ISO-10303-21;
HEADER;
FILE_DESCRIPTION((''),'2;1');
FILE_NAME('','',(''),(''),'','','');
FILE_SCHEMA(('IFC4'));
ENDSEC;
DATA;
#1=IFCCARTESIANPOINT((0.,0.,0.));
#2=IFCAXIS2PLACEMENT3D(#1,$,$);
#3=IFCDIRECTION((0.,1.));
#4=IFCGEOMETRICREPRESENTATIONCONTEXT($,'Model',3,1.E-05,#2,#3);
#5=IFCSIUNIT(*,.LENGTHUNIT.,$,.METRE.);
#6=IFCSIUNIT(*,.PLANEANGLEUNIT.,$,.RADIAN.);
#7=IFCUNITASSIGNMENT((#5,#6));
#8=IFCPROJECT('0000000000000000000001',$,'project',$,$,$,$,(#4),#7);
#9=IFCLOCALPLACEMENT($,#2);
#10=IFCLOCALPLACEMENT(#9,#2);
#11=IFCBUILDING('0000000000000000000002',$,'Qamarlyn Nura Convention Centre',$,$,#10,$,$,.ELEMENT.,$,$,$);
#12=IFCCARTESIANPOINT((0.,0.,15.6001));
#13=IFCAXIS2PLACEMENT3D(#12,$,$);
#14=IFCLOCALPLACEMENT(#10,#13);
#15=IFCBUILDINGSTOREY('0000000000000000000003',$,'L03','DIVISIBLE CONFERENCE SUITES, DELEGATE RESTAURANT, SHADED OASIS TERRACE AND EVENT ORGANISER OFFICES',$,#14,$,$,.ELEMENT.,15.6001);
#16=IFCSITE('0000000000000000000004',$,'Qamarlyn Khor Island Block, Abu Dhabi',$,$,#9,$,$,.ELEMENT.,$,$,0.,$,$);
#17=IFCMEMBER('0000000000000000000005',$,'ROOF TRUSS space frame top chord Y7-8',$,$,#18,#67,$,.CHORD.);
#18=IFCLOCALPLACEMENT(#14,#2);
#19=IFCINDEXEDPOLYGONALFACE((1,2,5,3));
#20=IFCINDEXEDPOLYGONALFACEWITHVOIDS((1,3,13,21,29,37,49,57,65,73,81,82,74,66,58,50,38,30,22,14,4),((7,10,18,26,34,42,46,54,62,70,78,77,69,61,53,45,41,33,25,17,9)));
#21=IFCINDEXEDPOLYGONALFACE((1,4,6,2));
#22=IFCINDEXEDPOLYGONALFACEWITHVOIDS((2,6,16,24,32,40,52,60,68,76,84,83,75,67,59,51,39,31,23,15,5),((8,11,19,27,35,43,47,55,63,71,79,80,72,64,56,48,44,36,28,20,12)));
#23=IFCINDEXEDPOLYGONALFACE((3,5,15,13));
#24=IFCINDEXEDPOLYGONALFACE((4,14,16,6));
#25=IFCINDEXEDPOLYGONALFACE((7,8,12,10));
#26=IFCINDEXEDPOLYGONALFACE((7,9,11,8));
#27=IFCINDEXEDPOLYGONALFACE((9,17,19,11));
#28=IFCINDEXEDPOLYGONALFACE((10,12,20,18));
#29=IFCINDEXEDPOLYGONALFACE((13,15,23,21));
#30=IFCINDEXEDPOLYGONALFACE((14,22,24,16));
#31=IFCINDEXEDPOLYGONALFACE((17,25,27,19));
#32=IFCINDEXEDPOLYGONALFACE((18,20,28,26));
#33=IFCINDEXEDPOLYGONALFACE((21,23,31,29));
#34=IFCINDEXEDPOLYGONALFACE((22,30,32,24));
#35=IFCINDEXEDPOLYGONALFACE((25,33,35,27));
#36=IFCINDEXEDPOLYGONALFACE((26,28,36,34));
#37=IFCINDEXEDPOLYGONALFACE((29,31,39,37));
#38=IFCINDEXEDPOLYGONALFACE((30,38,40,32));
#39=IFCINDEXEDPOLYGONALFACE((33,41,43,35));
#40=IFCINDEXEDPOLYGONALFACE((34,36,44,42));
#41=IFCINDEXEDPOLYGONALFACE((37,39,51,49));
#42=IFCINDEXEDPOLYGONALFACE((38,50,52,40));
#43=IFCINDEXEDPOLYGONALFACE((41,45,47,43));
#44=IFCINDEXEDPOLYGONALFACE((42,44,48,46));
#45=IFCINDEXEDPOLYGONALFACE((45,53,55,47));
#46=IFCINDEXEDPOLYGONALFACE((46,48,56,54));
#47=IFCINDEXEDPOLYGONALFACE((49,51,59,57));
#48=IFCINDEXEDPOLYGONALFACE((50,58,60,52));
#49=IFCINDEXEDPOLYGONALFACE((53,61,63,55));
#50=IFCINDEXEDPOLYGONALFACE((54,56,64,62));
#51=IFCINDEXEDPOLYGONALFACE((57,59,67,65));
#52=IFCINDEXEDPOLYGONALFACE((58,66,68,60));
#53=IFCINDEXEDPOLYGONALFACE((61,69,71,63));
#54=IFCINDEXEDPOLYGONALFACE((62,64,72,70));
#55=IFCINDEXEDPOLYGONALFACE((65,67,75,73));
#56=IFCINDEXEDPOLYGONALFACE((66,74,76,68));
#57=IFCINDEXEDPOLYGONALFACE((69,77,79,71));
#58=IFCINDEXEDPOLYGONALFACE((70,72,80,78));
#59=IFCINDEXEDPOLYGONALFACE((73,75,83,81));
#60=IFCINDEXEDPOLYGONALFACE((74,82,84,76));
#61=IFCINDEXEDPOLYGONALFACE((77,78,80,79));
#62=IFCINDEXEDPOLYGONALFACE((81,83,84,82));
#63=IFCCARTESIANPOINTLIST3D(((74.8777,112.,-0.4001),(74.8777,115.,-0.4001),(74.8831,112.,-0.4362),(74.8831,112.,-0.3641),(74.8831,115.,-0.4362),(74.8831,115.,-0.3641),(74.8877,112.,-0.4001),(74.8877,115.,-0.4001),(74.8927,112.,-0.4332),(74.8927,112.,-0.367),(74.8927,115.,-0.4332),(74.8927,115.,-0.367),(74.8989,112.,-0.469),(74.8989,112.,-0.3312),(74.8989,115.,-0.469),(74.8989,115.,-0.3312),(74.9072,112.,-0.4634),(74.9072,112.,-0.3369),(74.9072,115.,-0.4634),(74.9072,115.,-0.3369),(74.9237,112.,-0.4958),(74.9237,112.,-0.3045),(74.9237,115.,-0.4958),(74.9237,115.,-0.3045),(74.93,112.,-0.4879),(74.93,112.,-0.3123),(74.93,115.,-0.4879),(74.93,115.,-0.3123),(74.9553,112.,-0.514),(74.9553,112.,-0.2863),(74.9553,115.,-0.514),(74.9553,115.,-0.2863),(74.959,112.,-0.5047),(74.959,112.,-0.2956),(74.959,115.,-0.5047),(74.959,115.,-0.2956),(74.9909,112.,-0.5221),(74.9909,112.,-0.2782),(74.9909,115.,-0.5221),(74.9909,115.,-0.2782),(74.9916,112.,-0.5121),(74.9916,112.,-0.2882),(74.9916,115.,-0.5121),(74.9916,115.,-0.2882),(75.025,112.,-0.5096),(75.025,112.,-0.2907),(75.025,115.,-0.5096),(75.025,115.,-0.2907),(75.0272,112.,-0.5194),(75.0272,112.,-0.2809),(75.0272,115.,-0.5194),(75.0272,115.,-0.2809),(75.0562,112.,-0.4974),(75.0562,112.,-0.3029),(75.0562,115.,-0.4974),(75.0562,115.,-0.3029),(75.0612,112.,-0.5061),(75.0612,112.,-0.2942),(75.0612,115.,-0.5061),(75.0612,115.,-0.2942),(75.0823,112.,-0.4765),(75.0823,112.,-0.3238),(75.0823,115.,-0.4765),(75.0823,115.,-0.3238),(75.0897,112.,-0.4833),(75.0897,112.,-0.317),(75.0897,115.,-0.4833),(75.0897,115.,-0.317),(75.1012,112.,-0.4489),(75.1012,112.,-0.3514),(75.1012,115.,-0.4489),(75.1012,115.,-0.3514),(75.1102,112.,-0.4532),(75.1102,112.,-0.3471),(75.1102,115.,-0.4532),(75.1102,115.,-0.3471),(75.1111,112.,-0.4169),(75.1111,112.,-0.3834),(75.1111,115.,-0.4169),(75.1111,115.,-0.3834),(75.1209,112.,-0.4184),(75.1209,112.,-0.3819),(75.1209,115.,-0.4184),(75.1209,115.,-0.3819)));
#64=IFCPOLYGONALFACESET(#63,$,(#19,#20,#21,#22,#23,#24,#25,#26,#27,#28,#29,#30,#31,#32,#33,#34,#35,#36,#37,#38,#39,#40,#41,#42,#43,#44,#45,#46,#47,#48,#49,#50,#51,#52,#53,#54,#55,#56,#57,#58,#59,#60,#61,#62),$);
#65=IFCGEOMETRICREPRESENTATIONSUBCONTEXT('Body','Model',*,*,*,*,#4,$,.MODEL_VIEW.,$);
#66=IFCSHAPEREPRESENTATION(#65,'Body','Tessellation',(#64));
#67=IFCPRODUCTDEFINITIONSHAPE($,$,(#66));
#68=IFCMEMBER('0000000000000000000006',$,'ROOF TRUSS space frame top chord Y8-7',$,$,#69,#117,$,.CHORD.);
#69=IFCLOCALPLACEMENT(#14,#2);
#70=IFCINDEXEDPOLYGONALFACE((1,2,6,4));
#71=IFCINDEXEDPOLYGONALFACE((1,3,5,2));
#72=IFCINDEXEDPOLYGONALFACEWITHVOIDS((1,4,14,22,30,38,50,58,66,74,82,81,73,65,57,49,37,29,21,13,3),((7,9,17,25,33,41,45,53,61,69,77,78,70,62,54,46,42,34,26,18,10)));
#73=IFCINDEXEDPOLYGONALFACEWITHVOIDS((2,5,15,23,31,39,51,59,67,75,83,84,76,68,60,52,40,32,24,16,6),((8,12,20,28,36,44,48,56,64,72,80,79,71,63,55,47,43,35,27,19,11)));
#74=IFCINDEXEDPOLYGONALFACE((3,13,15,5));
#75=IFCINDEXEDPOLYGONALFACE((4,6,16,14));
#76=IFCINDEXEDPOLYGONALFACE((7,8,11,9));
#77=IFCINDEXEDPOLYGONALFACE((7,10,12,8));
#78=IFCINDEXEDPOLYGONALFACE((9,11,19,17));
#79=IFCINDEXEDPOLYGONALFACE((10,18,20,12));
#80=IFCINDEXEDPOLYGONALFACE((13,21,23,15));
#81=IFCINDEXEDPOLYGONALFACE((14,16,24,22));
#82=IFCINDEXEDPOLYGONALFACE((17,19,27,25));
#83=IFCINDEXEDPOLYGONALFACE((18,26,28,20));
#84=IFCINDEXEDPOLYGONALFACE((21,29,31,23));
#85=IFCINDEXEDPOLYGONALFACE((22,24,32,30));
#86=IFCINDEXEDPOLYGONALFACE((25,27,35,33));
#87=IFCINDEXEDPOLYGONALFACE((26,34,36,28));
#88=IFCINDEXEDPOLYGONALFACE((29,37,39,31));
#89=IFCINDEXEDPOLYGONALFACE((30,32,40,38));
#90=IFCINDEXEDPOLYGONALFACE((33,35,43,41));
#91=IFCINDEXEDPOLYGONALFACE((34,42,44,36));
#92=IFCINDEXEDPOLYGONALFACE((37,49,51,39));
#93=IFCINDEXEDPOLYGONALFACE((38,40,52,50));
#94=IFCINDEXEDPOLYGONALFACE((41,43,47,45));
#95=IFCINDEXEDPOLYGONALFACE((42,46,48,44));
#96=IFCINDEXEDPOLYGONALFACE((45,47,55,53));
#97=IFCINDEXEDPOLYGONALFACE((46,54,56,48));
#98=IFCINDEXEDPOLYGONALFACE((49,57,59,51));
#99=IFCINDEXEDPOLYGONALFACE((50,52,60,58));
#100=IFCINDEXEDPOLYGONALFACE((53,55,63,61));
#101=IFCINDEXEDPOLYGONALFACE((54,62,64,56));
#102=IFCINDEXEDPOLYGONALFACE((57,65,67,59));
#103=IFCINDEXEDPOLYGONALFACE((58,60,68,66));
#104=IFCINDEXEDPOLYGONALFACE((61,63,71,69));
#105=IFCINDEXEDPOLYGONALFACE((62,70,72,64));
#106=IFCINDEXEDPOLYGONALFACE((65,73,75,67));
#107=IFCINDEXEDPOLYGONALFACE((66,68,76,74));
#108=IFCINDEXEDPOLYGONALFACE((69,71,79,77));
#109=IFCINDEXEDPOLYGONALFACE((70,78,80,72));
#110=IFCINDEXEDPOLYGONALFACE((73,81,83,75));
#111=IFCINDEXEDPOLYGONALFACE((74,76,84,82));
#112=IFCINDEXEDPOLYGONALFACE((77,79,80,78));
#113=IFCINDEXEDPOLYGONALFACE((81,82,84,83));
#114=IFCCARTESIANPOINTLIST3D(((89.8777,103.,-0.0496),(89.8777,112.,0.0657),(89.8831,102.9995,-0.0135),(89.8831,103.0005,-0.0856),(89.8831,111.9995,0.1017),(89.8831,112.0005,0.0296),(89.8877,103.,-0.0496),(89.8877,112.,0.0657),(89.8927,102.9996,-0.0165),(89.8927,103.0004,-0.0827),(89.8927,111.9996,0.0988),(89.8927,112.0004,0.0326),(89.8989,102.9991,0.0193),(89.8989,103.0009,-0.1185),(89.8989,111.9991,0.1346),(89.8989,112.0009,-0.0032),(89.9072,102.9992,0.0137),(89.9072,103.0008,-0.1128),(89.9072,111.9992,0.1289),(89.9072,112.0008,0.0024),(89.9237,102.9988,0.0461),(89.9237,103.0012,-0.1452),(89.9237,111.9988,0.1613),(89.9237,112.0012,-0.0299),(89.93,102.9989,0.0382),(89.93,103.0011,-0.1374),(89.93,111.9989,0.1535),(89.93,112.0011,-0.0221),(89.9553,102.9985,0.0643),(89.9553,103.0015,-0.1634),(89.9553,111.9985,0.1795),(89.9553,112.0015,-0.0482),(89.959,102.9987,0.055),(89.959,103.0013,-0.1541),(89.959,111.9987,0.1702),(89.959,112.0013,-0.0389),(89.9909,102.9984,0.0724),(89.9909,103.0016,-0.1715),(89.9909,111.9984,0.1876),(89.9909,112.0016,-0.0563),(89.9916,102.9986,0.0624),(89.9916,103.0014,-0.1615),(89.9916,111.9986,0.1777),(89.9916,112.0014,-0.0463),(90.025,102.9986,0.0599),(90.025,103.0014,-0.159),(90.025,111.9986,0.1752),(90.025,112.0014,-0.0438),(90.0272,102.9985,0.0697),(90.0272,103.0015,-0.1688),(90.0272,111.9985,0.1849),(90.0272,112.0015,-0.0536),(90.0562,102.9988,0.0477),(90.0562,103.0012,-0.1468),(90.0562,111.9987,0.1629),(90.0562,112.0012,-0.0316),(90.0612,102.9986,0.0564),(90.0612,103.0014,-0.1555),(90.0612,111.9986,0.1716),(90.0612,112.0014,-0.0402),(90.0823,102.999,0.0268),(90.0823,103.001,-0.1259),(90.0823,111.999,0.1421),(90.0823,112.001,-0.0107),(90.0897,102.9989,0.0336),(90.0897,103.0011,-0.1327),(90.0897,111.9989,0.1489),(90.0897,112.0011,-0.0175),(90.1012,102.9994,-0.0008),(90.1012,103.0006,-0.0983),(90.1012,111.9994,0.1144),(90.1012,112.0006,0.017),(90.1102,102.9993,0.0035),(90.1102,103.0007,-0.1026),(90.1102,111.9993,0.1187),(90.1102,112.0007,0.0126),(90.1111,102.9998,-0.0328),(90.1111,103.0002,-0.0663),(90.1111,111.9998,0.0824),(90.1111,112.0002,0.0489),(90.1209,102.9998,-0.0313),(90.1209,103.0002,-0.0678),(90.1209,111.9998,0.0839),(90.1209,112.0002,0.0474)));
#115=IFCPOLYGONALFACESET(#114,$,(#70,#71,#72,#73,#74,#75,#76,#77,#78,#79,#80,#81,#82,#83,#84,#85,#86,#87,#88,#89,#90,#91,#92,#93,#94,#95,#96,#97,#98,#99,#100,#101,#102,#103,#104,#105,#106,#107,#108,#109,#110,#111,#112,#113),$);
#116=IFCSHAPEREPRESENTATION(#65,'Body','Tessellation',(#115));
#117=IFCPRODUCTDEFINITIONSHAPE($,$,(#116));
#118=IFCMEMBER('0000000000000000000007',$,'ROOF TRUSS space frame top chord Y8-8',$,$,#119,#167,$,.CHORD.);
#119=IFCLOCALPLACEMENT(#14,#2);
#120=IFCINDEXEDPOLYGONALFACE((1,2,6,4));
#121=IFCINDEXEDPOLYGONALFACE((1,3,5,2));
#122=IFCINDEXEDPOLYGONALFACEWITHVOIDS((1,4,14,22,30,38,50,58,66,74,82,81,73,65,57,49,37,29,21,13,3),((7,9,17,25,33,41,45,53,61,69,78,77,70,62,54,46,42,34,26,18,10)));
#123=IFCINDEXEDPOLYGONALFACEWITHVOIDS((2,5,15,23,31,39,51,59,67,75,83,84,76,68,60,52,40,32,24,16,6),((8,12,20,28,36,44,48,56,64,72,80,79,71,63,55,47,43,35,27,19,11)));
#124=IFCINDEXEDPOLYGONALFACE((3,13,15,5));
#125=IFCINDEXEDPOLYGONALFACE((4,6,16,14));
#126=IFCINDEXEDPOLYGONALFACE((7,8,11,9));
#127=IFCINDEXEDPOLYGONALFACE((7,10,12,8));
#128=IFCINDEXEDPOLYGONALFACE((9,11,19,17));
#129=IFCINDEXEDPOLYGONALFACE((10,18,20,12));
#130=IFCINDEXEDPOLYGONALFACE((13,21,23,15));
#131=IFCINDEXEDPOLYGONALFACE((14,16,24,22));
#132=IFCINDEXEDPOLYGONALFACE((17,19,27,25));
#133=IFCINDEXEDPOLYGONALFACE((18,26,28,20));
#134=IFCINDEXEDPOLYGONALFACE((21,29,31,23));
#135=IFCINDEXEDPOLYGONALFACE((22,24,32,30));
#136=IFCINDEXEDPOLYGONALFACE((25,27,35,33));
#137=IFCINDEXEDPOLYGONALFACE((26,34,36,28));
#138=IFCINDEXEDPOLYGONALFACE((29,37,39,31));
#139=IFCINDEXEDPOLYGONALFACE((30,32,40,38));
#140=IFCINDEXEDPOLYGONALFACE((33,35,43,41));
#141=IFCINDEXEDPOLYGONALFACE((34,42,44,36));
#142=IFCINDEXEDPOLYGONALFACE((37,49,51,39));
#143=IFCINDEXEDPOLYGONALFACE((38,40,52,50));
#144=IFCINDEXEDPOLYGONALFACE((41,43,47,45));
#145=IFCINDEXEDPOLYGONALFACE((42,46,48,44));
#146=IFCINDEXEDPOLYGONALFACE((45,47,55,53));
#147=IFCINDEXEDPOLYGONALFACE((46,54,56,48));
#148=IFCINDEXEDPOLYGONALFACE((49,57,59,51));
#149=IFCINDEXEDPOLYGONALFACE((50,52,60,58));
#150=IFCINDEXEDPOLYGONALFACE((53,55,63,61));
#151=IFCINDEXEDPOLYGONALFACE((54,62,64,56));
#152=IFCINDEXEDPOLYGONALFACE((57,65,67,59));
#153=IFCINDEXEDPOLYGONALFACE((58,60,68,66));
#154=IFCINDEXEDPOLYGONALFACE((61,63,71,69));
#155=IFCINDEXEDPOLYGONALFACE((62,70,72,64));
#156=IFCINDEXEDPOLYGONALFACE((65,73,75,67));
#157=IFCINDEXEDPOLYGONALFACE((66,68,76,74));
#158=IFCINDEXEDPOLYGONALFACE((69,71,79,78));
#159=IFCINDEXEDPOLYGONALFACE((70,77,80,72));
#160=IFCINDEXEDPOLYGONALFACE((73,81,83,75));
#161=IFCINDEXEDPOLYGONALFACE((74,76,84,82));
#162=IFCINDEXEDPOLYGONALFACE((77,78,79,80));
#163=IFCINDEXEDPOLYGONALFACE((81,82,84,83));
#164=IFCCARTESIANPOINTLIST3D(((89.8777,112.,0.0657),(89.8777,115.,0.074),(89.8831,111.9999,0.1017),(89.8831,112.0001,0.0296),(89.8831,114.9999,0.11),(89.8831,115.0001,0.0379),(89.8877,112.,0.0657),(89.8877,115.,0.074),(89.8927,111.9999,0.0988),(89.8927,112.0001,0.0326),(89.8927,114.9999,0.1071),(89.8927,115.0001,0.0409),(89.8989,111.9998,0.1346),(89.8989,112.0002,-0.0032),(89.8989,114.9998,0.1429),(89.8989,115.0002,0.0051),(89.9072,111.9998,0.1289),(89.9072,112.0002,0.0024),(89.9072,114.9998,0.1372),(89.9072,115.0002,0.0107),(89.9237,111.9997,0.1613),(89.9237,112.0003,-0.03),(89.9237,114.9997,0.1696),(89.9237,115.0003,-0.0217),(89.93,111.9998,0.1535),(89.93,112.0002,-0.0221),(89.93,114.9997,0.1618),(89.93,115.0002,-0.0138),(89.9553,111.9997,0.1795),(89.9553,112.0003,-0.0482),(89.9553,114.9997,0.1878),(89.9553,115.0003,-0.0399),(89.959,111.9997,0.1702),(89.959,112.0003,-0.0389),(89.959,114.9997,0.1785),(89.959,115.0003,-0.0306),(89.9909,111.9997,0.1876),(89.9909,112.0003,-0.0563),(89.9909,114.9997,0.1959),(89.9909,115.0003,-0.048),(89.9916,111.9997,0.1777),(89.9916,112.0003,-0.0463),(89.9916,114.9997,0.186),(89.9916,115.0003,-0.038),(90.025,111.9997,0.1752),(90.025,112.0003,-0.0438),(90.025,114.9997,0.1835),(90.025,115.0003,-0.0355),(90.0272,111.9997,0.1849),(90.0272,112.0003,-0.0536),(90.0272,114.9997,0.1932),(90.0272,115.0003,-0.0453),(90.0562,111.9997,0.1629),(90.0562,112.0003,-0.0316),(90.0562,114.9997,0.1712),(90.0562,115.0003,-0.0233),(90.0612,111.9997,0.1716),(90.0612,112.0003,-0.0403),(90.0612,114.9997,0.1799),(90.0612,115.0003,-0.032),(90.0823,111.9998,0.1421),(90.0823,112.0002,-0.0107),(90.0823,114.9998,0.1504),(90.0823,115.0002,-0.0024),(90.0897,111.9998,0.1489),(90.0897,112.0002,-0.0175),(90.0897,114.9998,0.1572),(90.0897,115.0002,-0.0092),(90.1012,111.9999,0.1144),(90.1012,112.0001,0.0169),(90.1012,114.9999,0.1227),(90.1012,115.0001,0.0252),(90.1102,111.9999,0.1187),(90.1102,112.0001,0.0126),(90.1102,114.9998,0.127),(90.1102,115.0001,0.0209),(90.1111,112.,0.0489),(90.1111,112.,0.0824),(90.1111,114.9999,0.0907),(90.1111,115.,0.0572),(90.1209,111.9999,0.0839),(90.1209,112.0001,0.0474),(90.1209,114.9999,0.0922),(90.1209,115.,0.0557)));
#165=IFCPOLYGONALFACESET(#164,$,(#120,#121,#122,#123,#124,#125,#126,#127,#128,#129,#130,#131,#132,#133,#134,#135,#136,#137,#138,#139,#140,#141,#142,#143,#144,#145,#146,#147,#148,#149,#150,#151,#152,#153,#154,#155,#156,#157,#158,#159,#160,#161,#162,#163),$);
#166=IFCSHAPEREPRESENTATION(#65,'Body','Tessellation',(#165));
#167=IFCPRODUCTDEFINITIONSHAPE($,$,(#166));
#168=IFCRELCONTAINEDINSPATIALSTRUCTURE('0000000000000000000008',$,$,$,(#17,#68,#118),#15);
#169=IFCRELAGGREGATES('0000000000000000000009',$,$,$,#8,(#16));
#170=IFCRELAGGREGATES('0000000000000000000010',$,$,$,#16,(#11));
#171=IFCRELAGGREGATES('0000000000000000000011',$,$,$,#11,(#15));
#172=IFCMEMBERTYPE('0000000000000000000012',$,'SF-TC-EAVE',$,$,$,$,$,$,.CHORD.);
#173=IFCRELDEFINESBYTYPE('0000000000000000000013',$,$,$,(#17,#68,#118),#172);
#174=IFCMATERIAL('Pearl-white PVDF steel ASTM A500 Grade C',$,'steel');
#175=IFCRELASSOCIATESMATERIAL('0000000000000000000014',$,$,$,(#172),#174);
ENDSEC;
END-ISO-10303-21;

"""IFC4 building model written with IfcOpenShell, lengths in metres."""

from ifc_helpers import new_model, si_unit, direction, frame, origin, origin_2d, place, context, subcontext, project, spatial, hollow_circle, extrude, material, material_profile, profile_set, type_object, element, save


model = new_model("IFC4")

# Units and contexts
model_context = context("Model", 3, precision=1e-05, world=origin(), true_north=direction((0.0, 1.0)))
body_context = subcontext(model_context, "Body", "Model", "MODEL_VIEW")
ifc_project = project(units=[si_unit("LENGTHUNIT", "METRE"), si_unit("PLANEANGLEUNIT", "RADIAN")], contexts=[model_context])

# Site, building, storey
site_placement = place(None, origin())
site = spatial("IfcSite", under=ifc_project, at=site_placement, Name="Qamarlyn Khor Island Block, Abu Dhabi", CompositionType="ELEMENT", RefElevation=0.0)
building_placement = place(site_placement, origin())
building = spatial("IfcBuilding", under=site, at=building_placement, Name="Qamarlyn Nura Convention Centre", CompositionType="ELEMENT")
storey_placement = place(building_placement, frame((0.0, 0.0, 15.6001)))
storey = spatial("IfcBuildingStorey", under=building, at=storey_placement, Name="L03", Description="DIVISIBLE CONFERENCE SUITES, DELEGATE RESTAURANT, SHADED OASIS TERRACE AND EVENT ORGANISER OFFICES", CompositionType="ELEMENT", Elevation=15.6001)

# Members
ifc_material_1 = material(Name="Pearl-white PVDF steel ASTM A500 Grade C", Category="steel")
ifc_material_profile_1 = material_profile(ifc_material_1, hollow_circle(Radius=0.1223, WallThickness=0.01, at=origin_2d()), Name="CHS244.5X10")
ifc_profile_set_1 = profile_set([ifc_material_profile_1], Name="Pearl-white PVDF steel ASTM A500 Grade C")
member_type_1 = type_object("IfcMemberType", Name="SF-TC-EAVE", PredefinedType="CHORD", material=ifc_profile_set_1)
member_1_placement = place(storey_placement, frame((75.0, 112.0, -0.4001), z_axis=(0.0, 1.0, 0.0), x_axis=(-1.0, 0.0, 0.0)))
element("IfcMember", 1, at=member_1_placement, inside=storey, type_object=member_type_1, Name="ROOF TRUSS space frame top chord Y7-8", PredefinedType="CHORD", context=body_context, shape_type="SweptSolid", body=[
    extrude(hollow_circle(Radius=0.1223, WallThickness=0.01, at=origin_2d()), origin(), (0.0, 0.0, 1.0), 3.0),
])
member_2_placement = place(storey_placement, frame((90.0, 103.0, -0.0496), z_axis=(0.0, 0.999918, 0.012803), x_axis=(-1.0, 0.0, 0.0)))
element("IfcMember", 2, at=member_2_placement, inside=storey, type_object=member_type_1, Name="ROOF TRUSS space frame top chord Y8-7", PredefinedType="CHORD", context=body_context, shape_type="SweptSolid", body=[
    extrude(hollow_circle(Radius=0.1223, WallThickness=0.01, at=origin_2d()), origin(), (0.0, 0.0, 1.0), 9.0007),
])
member_3_placement = place(storey_placement, frame((90.0, 112.0, 0.0657), z_axis=(0.0, 0.999996, 0.002767), x_axis=(-1.0, 0.0, 0.0)))
element("IfcMember", 3, at=member_3_placement, inside=storey, type_object=member_type_1, Name="ROOF TRUSS space frame top chord Y8-8", PredefinedType="CHORD", context=body_context, shape_type="SweptSolid", body=[
    extrude(hollow_circle(Radius=0.1223, WallThickness=0.01, at=origin_2d()), origin(), (0.0, 0.0, 1.0), 3.0),
])

save(model, "model.ifc")
